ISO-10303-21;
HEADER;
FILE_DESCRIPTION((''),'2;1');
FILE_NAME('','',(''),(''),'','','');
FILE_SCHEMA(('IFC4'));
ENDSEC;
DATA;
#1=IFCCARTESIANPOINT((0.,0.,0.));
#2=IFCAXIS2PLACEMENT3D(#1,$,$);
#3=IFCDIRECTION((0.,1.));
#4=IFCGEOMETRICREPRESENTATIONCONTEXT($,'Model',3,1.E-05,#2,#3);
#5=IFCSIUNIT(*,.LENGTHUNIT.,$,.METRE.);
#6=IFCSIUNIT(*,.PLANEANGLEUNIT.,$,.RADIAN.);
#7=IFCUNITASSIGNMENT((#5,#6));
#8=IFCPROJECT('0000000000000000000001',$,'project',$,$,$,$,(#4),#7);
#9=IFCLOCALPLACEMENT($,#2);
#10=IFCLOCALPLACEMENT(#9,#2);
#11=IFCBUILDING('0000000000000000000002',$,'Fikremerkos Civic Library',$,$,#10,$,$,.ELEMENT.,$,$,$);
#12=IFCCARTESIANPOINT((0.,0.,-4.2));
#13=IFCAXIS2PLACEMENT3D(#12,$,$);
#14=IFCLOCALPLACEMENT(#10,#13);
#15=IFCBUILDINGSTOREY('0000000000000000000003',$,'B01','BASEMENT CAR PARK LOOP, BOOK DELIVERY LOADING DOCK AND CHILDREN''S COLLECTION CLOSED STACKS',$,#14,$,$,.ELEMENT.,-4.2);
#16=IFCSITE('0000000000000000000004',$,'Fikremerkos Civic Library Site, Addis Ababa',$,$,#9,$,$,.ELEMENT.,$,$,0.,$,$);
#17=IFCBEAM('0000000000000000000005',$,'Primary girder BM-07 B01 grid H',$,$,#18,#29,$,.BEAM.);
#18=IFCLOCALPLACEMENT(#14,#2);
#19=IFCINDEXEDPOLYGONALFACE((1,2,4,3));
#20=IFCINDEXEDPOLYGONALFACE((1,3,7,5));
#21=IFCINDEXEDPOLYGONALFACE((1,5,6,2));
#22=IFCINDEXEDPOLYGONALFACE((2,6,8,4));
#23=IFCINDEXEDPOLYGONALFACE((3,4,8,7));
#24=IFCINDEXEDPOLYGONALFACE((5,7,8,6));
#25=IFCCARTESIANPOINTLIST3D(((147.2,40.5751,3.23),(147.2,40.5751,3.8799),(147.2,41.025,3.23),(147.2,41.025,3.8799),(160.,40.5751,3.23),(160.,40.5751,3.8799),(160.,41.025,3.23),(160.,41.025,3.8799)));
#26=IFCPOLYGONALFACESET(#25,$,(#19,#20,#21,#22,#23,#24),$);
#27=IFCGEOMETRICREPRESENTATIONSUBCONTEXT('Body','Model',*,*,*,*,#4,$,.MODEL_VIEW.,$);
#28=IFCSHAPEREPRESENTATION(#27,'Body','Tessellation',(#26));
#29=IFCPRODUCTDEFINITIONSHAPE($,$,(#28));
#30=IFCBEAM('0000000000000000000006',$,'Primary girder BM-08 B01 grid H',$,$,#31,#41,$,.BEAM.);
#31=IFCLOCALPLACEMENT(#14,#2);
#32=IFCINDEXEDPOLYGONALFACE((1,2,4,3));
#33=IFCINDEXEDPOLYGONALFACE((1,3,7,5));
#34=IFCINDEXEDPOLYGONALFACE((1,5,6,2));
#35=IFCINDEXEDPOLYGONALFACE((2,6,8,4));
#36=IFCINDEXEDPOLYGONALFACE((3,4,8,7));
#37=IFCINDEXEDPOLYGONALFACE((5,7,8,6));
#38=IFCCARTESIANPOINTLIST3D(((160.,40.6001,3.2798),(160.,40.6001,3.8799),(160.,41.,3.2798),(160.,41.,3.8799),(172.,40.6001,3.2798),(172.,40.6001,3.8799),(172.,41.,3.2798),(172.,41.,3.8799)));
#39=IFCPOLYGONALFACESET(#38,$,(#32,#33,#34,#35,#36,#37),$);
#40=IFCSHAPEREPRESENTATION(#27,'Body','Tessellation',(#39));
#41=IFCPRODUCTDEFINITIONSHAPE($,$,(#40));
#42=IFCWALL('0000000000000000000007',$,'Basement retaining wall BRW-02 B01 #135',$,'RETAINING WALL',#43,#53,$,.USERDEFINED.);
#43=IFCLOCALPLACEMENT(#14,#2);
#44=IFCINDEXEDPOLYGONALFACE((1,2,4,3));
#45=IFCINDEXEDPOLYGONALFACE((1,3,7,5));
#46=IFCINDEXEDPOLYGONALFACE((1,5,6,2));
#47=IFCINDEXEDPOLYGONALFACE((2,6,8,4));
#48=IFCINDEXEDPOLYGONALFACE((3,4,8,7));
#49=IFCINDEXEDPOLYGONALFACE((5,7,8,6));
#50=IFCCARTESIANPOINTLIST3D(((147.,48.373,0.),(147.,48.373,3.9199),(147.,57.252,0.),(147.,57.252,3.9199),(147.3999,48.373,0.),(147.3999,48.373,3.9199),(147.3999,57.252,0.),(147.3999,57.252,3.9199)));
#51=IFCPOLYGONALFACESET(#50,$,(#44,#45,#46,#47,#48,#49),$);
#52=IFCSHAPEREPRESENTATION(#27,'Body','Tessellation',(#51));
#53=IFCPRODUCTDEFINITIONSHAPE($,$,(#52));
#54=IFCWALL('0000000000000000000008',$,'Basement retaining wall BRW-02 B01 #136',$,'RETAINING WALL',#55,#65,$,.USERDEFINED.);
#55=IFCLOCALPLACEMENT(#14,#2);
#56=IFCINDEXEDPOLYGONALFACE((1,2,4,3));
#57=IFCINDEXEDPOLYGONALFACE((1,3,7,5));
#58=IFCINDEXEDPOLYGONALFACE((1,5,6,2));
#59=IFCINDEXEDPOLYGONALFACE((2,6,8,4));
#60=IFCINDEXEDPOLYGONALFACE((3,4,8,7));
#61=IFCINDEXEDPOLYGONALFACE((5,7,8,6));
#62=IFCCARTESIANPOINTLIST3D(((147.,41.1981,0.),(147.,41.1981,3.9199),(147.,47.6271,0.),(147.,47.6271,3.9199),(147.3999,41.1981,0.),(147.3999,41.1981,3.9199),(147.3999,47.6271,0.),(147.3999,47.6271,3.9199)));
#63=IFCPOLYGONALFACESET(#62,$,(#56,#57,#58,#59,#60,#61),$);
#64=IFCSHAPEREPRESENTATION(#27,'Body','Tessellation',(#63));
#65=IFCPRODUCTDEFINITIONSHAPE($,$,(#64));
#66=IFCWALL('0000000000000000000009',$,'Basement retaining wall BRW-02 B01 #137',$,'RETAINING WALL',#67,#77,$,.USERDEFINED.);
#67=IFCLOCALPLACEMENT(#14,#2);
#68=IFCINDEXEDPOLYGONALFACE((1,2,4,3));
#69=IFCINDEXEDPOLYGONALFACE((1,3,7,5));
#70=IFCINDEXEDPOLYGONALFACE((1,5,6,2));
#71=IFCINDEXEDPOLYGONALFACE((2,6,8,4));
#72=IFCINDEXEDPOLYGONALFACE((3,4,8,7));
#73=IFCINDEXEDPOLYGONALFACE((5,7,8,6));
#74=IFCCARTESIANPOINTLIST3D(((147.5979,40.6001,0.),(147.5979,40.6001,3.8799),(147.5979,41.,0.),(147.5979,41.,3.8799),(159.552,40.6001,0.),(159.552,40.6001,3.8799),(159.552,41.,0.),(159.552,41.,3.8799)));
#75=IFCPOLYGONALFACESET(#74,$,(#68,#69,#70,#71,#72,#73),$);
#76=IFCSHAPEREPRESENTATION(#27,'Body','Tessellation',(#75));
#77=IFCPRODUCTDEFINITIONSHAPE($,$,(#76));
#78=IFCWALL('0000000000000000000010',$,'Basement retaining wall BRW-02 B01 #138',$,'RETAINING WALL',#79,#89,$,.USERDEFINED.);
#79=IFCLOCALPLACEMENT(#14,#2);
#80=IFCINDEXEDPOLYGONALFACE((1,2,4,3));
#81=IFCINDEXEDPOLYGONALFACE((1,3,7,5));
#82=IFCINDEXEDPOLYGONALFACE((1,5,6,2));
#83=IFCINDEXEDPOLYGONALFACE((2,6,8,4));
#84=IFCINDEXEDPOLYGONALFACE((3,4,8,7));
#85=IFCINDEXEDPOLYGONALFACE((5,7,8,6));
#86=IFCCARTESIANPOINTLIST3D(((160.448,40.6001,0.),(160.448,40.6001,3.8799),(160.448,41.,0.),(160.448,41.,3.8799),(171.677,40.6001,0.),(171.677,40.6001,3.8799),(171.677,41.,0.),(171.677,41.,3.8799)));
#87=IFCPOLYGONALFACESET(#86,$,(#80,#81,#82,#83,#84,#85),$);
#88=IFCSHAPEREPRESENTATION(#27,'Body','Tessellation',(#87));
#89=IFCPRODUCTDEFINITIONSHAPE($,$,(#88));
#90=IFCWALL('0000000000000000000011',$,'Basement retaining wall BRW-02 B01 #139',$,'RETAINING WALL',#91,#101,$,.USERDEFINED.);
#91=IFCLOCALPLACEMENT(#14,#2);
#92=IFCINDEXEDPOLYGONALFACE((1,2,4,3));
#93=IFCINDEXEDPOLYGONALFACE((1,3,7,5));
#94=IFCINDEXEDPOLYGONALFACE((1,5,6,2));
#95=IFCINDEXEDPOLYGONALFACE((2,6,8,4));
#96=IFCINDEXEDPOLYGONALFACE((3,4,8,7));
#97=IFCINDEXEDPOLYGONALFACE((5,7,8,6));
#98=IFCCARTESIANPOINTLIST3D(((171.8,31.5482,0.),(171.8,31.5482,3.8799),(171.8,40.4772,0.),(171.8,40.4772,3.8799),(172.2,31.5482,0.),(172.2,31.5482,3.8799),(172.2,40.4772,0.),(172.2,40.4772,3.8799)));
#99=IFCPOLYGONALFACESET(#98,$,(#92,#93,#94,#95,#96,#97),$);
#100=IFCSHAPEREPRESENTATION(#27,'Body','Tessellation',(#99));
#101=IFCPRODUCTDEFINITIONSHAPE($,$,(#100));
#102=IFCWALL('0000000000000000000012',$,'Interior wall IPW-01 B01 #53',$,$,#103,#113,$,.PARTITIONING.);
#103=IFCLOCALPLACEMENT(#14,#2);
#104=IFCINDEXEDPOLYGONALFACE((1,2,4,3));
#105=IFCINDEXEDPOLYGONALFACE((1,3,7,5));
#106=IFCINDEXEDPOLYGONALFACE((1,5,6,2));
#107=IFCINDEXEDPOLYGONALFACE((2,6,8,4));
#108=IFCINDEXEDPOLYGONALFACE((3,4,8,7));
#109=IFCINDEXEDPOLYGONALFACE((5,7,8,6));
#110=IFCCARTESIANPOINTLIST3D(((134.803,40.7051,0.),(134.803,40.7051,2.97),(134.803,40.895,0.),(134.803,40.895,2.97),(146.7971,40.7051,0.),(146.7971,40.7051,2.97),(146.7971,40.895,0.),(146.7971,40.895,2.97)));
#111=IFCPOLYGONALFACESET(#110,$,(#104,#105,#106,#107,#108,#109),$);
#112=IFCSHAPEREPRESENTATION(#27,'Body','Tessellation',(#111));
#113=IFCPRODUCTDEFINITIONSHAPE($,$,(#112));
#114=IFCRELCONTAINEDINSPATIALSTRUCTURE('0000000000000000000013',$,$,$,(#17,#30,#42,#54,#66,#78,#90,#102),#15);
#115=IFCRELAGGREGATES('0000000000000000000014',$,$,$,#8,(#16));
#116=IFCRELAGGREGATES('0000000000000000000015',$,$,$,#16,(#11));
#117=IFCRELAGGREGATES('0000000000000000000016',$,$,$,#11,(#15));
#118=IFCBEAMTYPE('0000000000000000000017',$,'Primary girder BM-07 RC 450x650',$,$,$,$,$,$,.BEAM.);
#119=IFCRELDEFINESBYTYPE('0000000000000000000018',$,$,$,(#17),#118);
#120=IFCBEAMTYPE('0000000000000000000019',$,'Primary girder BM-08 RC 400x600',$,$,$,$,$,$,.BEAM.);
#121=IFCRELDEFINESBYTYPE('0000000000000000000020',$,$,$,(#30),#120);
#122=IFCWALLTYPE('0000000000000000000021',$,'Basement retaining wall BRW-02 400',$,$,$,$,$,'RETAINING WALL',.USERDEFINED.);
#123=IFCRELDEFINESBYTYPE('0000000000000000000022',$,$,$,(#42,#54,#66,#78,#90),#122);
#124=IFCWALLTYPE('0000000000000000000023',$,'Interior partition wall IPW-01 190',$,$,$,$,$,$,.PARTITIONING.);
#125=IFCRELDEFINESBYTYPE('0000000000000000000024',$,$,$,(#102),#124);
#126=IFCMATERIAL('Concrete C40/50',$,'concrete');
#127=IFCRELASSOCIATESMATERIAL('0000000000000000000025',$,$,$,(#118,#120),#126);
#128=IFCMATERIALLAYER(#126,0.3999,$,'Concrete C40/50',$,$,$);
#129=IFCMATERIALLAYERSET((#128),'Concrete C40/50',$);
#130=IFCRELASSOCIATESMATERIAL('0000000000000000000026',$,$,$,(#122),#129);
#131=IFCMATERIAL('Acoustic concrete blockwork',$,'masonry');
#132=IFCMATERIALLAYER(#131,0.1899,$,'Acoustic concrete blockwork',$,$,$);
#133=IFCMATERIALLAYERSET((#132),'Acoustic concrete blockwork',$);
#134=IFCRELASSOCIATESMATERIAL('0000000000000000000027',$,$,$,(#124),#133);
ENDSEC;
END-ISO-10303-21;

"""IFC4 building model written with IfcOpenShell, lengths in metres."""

from ifc_helpers import new_model, si_unit, direction, frame, frame_2d, origin, origin_2d, place, context, subcontext, project, spatial, rectangle, extrude, material, layer, layer_set, material_profile, profile_set, type_object, element, save


model = new_model("IFC4")

# Units and contexts
model_context = context("Model", 3, precision=1e-05, world=origin(), true_north=direction((0.0, 1.0)))
body_context = subcontext(model_context, "Body", "Model", "MODEL_VIEW")
ifc_project = project(units=[si_unit("LENGTHUNIT", "METRE"), si_unit("PLANEANGLEUNIT", "RADIAN")], contexts=[model_context])

# Site, building, storey
site_placement = place(None, origin())
site = spatial("IfcSite", under=ifc_project, at=site_placement, Name="Fikremerkos Civic Library Site, Addis Ababa", CompositionType="ELEMENT", RefElevation=0.0)
building_placement = place(site_placement, origin())
building = spatial("IfcBuilding", under=site, at=building_placement, Name="Fikremerkos Civic Library", CompositionType="ELEMENT")
storey_placement = place(building_placement, frame((0.0, 0.0, -4.2)))
storey = spatial("IfcBuildingStorey", under=building, at=storey_placement, Name="B01", Description="BASEMENT CAR PARK LOOP, BOOK DELIVERY LOADING DOCK AND CHILDREN'S COLLECTION CLOSED STACKS", CompositionType="ELEMENT", Elevation=-4.2)

# Shared definitions
ifc_material_1 = material(Name="Concrete C40/50", Category="concrete")

# Beams
ifc_material_profile_1 = material_profile(ifc_material_1, rectangle(XDim=0.45, YDim=0.6499, at=origin_2d()), Name="RC 450x650")
ifc_profile_set_1 = profile_set([ifc_material_profile_1], Name="Concrete C40/50")
beam_type_1 = type_object("IfcBeamType", Name="Primary girder BM-07 RC 450x650", PredefinedType="BEAM", material=ifc_profile_set_1)
beam_1_placement = place(storey_placement, frame((147.2, 40.8, 3.5549), z_axis=(1.0, 0.0, 0.0), x_axis=(0.0, 1.0, 0.0)))
element("IfcBeam", 1, at=beam_1_placement, inside=storey, type_object=beam_type_1, Name="Primary girder BM-07 B01 grid H", PredefinedType="BEAM", context=body_context, shape_type="SweptSolid", body=[
    extrude(rectangle(XDim=0.45, YDim=0.6499, at=origin_2d()), origin(), (0.0, 0.0, 1.0), 12.8),
])
ifc_material_profile_2 = material_profile(ifc_material_1, rectangle(XDim=0.3999, YDim=0.6001, at=origin_2d()), Name="RC 400x600")
ifc_profile_set_2 = profile_set([ifc_material_profile_2], Name="Concrete C40/50")
beam_type_2 = type_object("IfcBeamType", Name="Primary girder BM-08 RC 400x600", PredefinedType="BEAM", material=ifc_profile_set_2)
beam_2_placement = place(storey_placement, frame((160.0, 40.8, 3.5798), z_axis=(1.0, 0.0, 0.0), x_axis=(0.0, 1.0, 0.0)))
element("IfcBeam", 2, at=beam_2_placement, inside=storey, type_object=beam_type_2, Name="Primary girder BM-08 B01 grid H", PredefinedType="BEAM", context=body_context, shape_type="SweptSolid", body=[
    extrude(rectangle(XDim=0.3999, YDim=0.6001, at=origin_2d()), origin(), (0.0, 0.0, 1.0), 12.0),
])

# Walls
ifc_layer_1 = layer(ifc_material_1, 0.3999, Name="Concrete C40/50")
ifc_layer_set_1 = layer_set([ifc_layer_1], Name="Concrete C40/50")
wall_type_1 = type_object("IfcWallType", Name="Basement retaining wall BRW-02 400", ElementType="RETAINING WALL", PredefinedType="USERDEFINED", material=ifc_layer_set_1)
wall_1_placement = place(storey_placement, frame((147.2, 57.252, 0.0), z_axis=(0.0, 0.0, 1.0), x_axis=(0.0, -1.0, 0.0)))
element("IfcWall", 3, at=wall_1_placement, inside=storey, type_object=wall_type_1, Name="Basement retaining wall BRW-02 B01 #135", ObjectType="RETAINING WALL", PredefinedType="USERDEFINED", context=body_context, shape_type="SweptSolid", body=[
    extrude(rectangle(XDim=8.8789, YDim=0.3999, at=frame_2d((4.4395, 0.0))), origin(), (0.0, 0.0, 1.0), 3.9199),
])
wall_2_placement = place(storey_placement, frame((147.2, 47.627, 0.0), z_axis=(0.0, 0.0, 1.0), x_axis=(0.0, -1.0, 0.0)))
element("IfcWall", 4, at=wall_2_placement, inside=storey, type_object=wall_type_1, Name="Basement retaining wall BRW-02 B01 #136", ObjectType="RETAINING WALL", PredefinedType="USERDEFINED", context=body_context, shape_type="SweptSolid", body=[
    extrude(rectangle(XDim=6.429, YDim=0.3999, at=frame_2d((3.2144, 0.0))), origin(), (0.0, 0.0, 1.0), 3.9199),
])
wall_3_placement = place(storey_placement, frame((147.5979, 40.8, 0.0), z_axis=(0.0, 0.0, 1.0), x_axis=(1.0, 0.0, 0.0)))
element("IfcWall", 5, at=wall_3_placement, inside=storey, type_object=wall_type_1, Name="Basement retaining wall BRW-02 B01 #137", ObjectType="RETAINING WALL", PredefinedType="USERDEFINED", context=body_context, shape_type="SweptSolid", body=[
    extrude(rectangle(XDim=11.9541, YDim=0.3999, at=frame_2d((5.9771, 0.0))), origin(), (0.0, 0.0, 1.0), 3.8799),
])
wall_4_placement = place(storey_placement, frame((160.448, 40.8, 0.0), z_axis=(0.0, 0.0, 1.0), x_axis=(1.0, 0.0, 0.0)))
element("IfcWall", 6, at=wall_4_placement, inside=storey, type_object=wall_type_1, Name="Basement retaining wall BRW-02 B01 #138", ObjectType="RETAINING WALL", PredefinedType="USERDEFINED", context=body_context, shape_type="SweptSolid", body=[
    extrude(rectangle(XDim=11.229, YDim=0.3999, at=frame_2d((5.6145, 0.0))), origin(), (0.0, 0.0, 1.0), 3.8799),
])
wall_5_placement = place(storey_placement, frame((172.0, 40.4771, 0.0), z_axis=(0.0, 0.0, 1.0), x_axis=(0.0, -1.0, 0.0)))
element("IfcWall", 7, at=wall_5_placement, inside=storey, type_object=wall_type_1, Name="Basement retaining wall BRW-02 B01 #139", ObjectType="RETAINING WALL", PredefinedType="USERDEFINED", context=body_context, shape_type="SweptSolid", body=[
    extrude(rectangle(XDim=8.929, YDim=0.3999, at=frame_2d((4.4644, 0.0))), origin(), (0.0, 0.0, 1.0), 3.8799),
])
ifc_material_2 = material(Name="Acoustic concrete blockwork", Category="masonry")
ifc_layer_2 = layer(ifc_material_2, 0.1899, Name="Acoustic concrete blockwork")
ifc_layer_set_2 = layer_set([ifc_layer_2], Name="Acoustic concrete blockwork")
wall_type_2 = type_object("IfcWallType", Name="Interior partition wall IPW-01 190", PredefinedType="PARTITIONING", material=ifc_layer_set_2)
wall_6_placement = place(storey_placement, frame((134.803, 40.8, 0.0), z_axis=(0.0, 0.0, 1.0), x_axis=(1.0, 0.0, 0.0)))
element("IfcWall", 8, at=wall_6_placement, inside=storey, type_object=wall_type_2, Name="Interior wall IPW-01 B01 #53", PredefinedType="PARTITIONING", context=body_context, shape_type="SweptSolid", body=[
    extrude(rectangle(XDim=11.9941, YDim=0.1899, at=frame_2d((5.9971, 0.0))), origin(), (0.0, 0.0, 1.0), 2.97),
])

save(model, "model.ifc")
